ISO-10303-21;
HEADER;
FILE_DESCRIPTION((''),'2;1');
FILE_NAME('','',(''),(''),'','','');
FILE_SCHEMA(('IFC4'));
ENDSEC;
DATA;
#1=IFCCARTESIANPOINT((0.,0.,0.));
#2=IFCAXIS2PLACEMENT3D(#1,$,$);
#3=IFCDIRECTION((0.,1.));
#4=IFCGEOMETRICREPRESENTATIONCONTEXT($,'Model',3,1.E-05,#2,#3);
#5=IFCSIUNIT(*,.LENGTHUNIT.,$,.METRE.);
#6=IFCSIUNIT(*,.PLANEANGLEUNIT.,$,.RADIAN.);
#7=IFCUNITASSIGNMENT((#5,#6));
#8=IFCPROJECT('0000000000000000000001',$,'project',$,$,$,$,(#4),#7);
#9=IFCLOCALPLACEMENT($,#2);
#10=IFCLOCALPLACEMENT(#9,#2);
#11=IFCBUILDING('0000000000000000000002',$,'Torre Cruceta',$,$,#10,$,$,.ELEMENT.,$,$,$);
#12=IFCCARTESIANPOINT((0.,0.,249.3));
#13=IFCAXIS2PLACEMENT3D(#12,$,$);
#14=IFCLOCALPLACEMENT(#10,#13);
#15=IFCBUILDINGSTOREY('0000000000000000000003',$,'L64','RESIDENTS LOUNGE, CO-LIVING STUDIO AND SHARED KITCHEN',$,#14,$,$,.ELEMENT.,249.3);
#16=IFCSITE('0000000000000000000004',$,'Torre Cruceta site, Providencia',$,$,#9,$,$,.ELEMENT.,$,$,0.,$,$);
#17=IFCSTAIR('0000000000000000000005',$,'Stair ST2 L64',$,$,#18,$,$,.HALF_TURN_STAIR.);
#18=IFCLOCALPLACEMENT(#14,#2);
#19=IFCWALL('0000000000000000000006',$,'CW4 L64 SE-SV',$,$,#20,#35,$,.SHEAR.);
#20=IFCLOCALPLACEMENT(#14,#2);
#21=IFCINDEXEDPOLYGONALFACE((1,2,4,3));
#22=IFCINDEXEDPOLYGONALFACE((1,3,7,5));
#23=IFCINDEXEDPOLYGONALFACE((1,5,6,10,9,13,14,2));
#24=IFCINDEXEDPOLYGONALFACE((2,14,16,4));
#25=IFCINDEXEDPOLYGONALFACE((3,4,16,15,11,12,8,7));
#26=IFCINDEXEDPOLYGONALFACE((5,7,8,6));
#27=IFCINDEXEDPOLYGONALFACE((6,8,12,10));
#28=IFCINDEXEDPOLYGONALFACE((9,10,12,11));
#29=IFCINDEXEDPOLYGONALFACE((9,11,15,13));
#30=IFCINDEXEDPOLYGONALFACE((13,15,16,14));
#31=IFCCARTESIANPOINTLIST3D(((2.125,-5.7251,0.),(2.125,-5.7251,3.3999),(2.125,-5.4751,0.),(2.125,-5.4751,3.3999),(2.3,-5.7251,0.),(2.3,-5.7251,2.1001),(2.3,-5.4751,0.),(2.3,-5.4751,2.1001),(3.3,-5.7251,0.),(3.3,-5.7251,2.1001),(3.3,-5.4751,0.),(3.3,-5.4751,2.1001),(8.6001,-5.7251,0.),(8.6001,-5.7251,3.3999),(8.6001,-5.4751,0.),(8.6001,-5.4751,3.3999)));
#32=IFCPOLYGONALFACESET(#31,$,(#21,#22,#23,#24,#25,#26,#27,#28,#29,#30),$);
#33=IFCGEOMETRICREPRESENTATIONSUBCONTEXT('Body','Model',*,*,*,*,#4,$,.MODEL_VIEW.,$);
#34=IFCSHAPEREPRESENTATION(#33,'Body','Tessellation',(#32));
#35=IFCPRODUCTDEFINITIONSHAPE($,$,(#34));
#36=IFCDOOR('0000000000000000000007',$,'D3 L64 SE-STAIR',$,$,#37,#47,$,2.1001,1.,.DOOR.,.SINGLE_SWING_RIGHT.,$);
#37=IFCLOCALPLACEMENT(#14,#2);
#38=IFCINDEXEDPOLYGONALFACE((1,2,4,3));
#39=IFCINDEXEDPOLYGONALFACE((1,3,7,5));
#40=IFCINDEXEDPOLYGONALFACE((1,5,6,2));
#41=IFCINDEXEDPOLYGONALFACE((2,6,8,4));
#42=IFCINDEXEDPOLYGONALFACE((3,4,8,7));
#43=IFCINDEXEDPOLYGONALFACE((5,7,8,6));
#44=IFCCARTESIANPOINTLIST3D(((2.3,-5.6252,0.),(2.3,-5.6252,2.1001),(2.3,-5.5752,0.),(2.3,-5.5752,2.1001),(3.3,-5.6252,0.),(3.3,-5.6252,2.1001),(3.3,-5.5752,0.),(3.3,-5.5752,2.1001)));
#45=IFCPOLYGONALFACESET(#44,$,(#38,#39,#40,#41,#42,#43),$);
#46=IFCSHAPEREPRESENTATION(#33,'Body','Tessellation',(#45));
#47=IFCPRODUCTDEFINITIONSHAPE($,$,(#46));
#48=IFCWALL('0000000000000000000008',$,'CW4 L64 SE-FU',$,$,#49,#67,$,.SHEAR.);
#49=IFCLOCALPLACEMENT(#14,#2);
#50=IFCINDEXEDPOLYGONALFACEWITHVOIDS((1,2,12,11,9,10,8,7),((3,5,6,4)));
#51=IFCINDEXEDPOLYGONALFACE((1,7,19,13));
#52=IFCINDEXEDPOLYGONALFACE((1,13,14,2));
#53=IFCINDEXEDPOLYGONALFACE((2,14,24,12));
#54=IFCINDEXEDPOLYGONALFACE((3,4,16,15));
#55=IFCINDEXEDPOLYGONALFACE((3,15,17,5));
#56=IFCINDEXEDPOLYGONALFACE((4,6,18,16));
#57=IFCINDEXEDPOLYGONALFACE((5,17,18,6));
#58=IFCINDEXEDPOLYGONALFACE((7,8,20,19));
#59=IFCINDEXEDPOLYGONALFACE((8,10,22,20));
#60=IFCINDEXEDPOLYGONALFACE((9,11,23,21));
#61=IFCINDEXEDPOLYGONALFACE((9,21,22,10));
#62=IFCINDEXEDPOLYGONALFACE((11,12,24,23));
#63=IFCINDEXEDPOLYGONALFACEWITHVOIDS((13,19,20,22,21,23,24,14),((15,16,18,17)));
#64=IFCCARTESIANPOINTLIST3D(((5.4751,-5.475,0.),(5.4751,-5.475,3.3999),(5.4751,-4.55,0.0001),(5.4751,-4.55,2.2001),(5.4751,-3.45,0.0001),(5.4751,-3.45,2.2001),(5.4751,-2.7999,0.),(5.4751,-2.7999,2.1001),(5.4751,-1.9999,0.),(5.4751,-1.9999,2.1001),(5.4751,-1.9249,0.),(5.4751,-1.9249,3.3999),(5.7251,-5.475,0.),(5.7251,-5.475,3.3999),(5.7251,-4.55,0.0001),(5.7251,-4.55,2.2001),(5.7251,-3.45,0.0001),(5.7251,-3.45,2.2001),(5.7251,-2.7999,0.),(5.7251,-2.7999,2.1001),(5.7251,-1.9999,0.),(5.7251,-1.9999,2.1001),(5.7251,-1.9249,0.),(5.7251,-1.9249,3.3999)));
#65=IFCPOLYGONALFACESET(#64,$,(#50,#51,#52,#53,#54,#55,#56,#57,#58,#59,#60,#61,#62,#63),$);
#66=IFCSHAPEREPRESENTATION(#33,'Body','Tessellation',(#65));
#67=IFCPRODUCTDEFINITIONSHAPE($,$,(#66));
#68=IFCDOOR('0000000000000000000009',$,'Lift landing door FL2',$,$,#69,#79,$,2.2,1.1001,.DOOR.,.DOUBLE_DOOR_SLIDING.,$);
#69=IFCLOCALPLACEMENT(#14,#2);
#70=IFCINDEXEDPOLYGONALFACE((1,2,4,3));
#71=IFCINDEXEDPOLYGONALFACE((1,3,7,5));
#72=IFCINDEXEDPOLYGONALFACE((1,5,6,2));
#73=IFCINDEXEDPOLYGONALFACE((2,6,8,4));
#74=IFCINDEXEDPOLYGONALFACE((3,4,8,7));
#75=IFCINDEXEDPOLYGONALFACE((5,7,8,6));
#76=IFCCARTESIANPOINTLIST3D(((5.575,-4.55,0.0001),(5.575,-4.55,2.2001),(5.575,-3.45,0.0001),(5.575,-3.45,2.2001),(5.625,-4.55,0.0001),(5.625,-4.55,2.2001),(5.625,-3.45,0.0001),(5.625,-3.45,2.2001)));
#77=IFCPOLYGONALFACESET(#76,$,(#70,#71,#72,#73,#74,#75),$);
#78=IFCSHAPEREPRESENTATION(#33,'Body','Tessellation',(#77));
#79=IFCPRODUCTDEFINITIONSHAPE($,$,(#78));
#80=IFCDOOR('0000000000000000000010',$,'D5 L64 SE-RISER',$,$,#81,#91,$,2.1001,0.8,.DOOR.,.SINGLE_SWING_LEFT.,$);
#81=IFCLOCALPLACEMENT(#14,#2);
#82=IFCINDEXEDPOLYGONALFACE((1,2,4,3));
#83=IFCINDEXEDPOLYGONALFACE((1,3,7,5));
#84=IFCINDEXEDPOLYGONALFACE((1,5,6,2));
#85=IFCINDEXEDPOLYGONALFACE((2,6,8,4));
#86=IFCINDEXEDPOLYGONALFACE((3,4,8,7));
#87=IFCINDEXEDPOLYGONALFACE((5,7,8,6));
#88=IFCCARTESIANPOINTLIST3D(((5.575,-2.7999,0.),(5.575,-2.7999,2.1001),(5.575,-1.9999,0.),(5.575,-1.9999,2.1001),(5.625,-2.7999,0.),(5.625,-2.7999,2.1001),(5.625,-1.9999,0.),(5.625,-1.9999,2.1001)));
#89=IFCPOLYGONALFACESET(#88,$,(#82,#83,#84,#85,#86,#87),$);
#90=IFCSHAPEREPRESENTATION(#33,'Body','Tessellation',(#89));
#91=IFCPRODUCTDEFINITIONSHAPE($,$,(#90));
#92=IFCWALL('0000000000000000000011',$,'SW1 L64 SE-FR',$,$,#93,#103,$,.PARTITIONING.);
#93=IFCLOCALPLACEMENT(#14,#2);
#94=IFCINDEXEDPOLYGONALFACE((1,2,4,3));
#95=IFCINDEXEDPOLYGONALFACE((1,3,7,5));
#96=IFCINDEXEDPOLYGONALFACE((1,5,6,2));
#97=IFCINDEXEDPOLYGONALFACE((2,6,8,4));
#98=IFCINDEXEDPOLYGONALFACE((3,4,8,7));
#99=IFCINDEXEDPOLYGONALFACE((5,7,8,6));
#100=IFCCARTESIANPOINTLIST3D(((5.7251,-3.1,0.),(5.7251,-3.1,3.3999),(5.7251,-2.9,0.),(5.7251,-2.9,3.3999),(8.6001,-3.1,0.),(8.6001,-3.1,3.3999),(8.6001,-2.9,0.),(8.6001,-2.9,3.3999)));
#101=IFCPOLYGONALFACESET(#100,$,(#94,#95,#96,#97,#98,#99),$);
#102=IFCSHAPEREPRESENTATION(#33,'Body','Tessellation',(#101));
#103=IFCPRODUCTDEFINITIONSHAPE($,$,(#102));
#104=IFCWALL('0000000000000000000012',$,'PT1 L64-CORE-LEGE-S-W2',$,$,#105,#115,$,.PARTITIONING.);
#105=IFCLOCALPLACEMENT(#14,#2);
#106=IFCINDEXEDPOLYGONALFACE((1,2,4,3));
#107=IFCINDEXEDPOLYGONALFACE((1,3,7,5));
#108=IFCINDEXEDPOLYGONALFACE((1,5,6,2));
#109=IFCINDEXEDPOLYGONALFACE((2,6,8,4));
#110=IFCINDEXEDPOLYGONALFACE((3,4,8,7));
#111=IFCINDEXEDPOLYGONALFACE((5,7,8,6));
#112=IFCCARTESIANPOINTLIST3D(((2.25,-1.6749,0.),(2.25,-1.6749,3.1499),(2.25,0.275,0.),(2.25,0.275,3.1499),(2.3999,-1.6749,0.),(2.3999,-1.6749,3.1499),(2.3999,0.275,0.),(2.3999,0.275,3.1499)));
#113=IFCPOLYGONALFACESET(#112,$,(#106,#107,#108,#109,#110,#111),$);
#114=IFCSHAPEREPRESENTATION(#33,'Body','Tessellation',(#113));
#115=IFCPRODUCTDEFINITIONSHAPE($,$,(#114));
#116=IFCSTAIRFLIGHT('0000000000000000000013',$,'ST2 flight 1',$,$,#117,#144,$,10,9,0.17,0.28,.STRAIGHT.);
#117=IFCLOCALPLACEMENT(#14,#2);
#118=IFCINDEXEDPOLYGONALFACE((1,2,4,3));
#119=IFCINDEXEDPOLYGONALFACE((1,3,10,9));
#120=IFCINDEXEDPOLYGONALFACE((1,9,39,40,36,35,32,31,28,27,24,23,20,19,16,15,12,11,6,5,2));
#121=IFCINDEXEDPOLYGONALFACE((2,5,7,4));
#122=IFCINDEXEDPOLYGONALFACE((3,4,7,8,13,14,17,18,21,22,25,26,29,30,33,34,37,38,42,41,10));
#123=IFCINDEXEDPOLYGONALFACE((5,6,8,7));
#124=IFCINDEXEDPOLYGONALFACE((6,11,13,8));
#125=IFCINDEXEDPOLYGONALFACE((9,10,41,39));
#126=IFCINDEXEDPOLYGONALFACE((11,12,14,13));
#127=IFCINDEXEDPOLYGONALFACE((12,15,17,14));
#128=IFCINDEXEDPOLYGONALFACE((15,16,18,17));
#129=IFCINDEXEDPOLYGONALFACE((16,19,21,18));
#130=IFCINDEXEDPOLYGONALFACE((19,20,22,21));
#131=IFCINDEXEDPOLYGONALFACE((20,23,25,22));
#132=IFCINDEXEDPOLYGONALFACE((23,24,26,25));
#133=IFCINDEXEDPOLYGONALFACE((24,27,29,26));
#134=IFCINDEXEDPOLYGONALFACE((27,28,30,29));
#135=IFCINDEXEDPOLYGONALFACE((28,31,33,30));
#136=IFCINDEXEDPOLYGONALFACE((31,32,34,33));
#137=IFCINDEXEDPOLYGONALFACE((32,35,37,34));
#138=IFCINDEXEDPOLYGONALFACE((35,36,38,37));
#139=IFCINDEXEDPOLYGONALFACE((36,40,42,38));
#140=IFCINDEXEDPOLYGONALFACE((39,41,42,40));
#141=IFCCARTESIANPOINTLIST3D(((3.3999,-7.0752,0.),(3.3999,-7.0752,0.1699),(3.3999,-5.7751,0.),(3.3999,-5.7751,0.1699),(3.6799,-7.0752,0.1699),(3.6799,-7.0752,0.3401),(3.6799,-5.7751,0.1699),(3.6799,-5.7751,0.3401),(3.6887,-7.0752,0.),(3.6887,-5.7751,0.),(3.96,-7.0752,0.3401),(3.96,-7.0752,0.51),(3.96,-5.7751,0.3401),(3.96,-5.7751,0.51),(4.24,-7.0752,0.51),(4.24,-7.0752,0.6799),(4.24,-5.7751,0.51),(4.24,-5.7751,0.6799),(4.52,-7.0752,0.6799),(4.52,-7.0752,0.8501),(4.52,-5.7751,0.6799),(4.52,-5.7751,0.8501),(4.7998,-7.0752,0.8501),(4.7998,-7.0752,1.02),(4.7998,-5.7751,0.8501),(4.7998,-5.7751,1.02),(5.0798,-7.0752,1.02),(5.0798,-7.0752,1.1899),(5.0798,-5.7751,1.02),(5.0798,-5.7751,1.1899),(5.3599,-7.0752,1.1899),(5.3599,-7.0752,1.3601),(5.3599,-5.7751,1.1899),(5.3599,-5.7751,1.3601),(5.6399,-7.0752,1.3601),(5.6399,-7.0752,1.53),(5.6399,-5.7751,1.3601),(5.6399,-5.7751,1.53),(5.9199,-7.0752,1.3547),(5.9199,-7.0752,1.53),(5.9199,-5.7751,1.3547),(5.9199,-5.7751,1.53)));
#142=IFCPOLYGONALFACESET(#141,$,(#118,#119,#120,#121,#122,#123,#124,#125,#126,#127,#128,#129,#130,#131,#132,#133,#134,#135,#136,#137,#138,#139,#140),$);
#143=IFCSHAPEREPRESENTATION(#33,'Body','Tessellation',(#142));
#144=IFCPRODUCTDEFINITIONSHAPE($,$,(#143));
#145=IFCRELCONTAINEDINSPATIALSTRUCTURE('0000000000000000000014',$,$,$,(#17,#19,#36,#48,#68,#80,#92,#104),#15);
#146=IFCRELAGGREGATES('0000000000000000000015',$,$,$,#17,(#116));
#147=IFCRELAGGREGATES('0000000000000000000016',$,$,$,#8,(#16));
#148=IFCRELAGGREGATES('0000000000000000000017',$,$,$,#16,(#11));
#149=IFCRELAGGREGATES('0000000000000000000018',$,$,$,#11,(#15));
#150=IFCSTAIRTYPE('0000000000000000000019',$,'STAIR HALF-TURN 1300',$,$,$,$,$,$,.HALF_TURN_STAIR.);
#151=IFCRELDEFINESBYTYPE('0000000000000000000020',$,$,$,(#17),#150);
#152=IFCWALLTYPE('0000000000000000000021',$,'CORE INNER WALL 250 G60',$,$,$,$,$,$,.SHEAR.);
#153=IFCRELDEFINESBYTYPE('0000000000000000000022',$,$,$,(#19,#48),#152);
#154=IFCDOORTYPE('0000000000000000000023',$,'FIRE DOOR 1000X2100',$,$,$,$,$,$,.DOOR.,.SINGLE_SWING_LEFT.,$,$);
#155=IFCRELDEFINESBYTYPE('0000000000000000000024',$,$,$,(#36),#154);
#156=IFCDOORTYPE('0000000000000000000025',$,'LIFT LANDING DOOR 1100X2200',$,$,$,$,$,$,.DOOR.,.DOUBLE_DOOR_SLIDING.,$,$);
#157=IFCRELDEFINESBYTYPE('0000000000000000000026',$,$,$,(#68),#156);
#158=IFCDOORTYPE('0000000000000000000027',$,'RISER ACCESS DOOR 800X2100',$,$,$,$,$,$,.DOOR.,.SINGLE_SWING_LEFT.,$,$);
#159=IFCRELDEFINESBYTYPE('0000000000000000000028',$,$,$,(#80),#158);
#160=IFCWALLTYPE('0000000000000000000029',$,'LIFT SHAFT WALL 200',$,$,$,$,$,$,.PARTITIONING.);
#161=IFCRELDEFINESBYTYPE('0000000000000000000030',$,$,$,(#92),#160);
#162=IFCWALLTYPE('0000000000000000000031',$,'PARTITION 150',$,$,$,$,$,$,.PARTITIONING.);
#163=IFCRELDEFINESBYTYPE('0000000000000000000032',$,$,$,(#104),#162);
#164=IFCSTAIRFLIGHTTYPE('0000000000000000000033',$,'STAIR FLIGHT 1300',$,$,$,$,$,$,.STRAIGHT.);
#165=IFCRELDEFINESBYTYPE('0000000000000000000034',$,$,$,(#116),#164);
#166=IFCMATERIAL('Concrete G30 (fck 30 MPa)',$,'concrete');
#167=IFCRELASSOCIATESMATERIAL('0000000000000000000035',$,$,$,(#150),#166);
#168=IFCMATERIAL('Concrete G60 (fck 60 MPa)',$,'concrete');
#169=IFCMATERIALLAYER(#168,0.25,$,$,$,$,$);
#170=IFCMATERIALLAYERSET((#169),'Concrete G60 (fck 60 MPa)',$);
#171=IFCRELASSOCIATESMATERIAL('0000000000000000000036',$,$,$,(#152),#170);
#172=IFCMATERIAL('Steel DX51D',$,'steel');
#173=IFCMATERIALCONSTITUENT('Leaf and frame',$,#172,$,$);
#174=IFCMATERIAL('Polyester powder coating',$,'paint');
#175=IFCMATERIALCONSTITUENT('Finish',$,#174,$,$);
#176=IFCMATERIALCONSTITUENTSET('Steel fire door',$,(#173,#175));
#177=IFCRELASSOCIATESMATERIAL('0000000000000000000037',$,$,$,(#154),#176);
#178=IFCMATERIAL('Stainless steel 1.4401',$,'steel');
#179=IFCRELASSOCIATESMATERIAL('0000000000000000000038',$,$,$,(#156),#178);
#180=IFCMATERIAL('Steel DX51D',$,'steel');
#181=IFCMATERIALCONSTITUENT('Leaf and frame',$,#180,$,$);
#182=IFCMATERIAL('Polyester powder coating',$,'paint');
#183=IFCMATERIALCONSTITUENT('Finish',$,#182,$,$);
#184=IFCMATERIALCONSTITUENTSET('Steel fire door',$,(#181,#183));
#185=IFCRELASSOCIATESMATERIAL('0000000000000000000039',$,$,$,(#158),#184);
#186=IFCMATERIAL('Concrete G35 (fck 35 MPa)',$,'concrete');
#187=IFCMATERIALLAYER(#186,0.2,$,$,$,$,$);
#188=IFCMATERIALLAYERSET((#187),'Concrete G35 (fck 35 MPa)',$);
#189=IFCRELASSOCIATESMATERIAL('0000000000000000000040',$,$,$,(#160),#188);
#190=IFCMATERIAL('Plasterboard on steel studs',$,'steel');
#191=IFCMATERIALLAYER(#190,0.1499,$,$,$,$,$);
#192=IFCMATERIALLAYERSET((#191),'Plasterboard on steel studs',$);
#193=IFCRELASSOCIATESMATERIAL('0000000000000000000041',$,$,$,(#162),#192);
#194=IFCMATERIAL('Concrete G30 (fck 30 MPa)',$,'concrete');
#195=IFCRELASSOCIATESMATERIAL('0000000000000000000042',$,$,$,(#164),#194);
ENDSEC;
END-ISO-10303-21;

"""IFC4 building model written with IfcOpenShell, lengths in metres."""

from ifc_helpers import new_model, si_unit, direction, frame, frame_2d, origin, place, context, subcontext, project, spatial, polyline, rectangle, outline, extrude, material, layer, layer_set, constituent, constituent_set, type_object, element, fill, aggregate, save


model = new_model("IFC4")

# Units and contexts
model_context = context("Model", 3, precision=1e-05, world=origin(), true_north=direction((0.0, 1.0)))
body_context = subcontext(model_context, "Body", "Model", "MODEL_VIEW")
ifc_project = project(units=[si_unit("LENGTHUNIT", "METRE"), si_unit("PLANEANGLEUNIT", "RADIAN")], contexts=[model_context])

# Site, building, storey
site_placement = place(None, origin())
site = spatial("IfcSite", under=ifc_project, at=site_placement, Name="Torre Cruceta site, Providencia", CompositionType="ELEMENT", RefElevation=0.0)
building_placement = place(site_placement, origin())
building = spatial("IfcBuilding", under=site, at=building_placement, Name="Torre Cruceta", CompositionType="ELEMENT")
storey_placement = place(building_placement, frame((0.0, 0.0, 249.3)))
storey = spatial("IfcBuildingStorey", under=building, at=storey_placement, Name="L64", Description="RESIDENTS LOUNGE, CO-LIVING STUDIO AND SHARED KITCHEN", CompositionType="ELEMENT", Elevation=249.3)

# Stair
ifc_material_1 = material(Name="Concrete G30 (fck 30 MPa)", Category="concrete")
stair_type = type_object("IfcStairType", Name="STAIR HALF-TURN 1300", PredefinedType="HALF_TURN_STAIR", material=ifc_material_1)
stair_1_placement = place(storey_placement, origin())
stair_1 = element("IfcStair", 1, at=stair_1_placement, inside=storey, type_object=stair_type, Name="Stair ST2 L64", PredefinedType="HALF_TURN_STAIR")

# Shared definitions
ifc_material_2 = material(Name="Concrete G60 (fck 60 MPa)", Category="concrete")
ifc_layer_1 = layer(ifc_material_2, 0.25)
ifc_layer_set_1 = layer_set([ifc_layer_1], Name="Concrete G60 (fck 60 MPa)")
wall_type_1 = type_object("IfcWallType", Name="CORE INNER WALL 250 G60", PredefinedType="SHEAR", material=ifc_layer_set_1)
ifc_material_3 = material(Name="Steel DX51D", Category="steel")
ifc_constituent_1 = constituent(ifc_material_3, Name="Leaf and frame")
ifc_material_4 = material(Name="Polyester powder coating", Category="paint")
ifc_constituent_2 = constituent(ifc_material_4, Name="Finish")
ifc_constituent_set_1 = constituent_set(constituents=[ifc_constituent_1, ifc_constituent_2], Name="Steel fire door")
door_type_1 = type_object("IfcDoorType", Name="FIRE DOOR 1000X2100", OperationType="SINGLE_SWING_LEFT", PredefinedType="DOOR", material=ifc_constituent_set_1)

# Wall, opening, door
wall_1_placement = place(storey_placement, frame((2.125, -5.6001, 0.0), z_axis=(0.0, 0.0, 1.0), x_axis=(1.0, 0.0, 0.0)))
wall_1 = element("IfcWall", 2, at=wall_1_placement, inside=storey, type_object=wall_type_1, Name="CW4 L64 SE-SV", PredefinedType="SHEAR", context=body_context, shape_type="SweptSolid", body=[
    extrude(rectangle(XDim=6.4751, YDim=0.25, at=frame_2d((3.2375, 0.0))), origin(), (0.0, 0.0, 1.0), 3.3999),
])
opening_1_placement = place(wall_1_placement, frame((0.175, 0.0, 0.0)))
opening_1 = element("IfcOpeningElement", 3, at=opening_1_placement, cuts=wall_1, PredefinedType="OPENING", context=body_context, shape_type="SweptSolid", body=[
    extrude(rectangle(XDim=1.0, YDim=2.1001, at=frame_2d((0.5, 1.05))), frame((0.0, 0.135, 0.0), z_axis=(0.0, -1.0, 0.0), x_axis=(1.0, 0.0, 0.0)), (0.0, 0.0, 1.0), 0.27),
])
door_1_placement = place(opening_1_placement, frame((1.0, 0.0, 0.0), z_axis=(0.0, 0.0, 1.0), x_axis=(-1.0, 0.0, 0.0)))
door_1 = element("IfcDoor", 4, at=door_1_placement, inside=storey, type_object=door_type_1, Name="D3 L64 SE-STAIR", OperationType="SINGLE_SWING_RIGHT", OverallHeight=2.1001, OverallWidth=1.0, PredefinedType="DOOR", context=body_context, shape_type="SweptSolid", body=[
    extrude(rectangle(XDim=1.0, YDim=2.1001, at=frame_2d((0.5, 1.05))), frame((0.0, 0.0251, 0.0), z_axis=(0.0, -1.0, 0.0), x_axis=(1.0, 0.0, 0.0)), (0.0, 0.0, 1.0), 0.05),
])
fill(opening_1, door_1)

# Wall, openings, doors
wall_2_placement = place(storey_placement, frame((5.6001, -1.925, 0.0), z_axis=(0.0, 0.0, 1.0), x_axis=(0.0, -1.0, 0.0)))
wall_2 = element("IfcWall", 5, at=wall_2_placement, inside=storey, type_object=wall_type_1, Name="CW4 L64 SE-FU", PredefinedType="SHEAR", context=body_context, shape_type="SweptSolid", body=[
    extrude(rectangle(XDim=3.55, YDim=0.25, at=frame_2d((1.7749, 0.0))), origin(), (0.0, 0.0, 1.0), 3.3999),
])
opening_2_placement = place(wall_2_placement, frame((1.5249, 0.0, 0.0)))
opening_2 = element("IfcOpeningElement", 6, at=opening_2_placement, cuts=wall_2, PredefinedType="OPENING", context=body_context, shape_type="SweptSolid", body=[
    extrude(rectangle(XDim=1.1001, YDim=2.2, at=frame_2d((0.55, 1.1001))), frame((0.0, 0.135, 0.0), z_axis=(0.0, -1.0, 0.0), x_axis=(1.0, 0.0, 0.0)), (0.0, 0.0, 1.0), 0.27),
])
opening_3_placement = place(wall_2_placement, frame((0.075, 0.0, 0.0)))
opening_3 = element("IfcOpeningElement", 7, at=opening_3_placement, cuts=wall_2, PredefinedType="OPENING", context=body_context, shape_type="SweptSolid", body=[
    extrude(rectangle(XDim=0.8, YDim=2.1001, at=frame_2d((0.3999, 1.05))), frame((0.0, 0.135, 0.0), z_axis=(0.0, -1.0, 0.0), x_axis=(1.0, 0.0, 0.0)), (0.0, 0.0, 1.0), 0.27),
])
ifc_material_5 = material(Name="Stainless steel 1.4401", Category="steel")
door_type_2 = type_object("IfcDoorType", Name="LIFT LANDING DOOR 1100X2200", OperationType="DOUBLE_DOOR_SLIDING", PredefinedType="DOOR", material=ifc_material_5)
door_2_placement = place(opening_2_placement, origin())
door_2 = element("IfcDoor", 8, at=door_2_placement, inside=storey, type_object=door_type_2, Name="Lift landing door FL2", OperationType="DOUBLE_DOOR_SLIDING", OverallHeight=2.2, OverallWidth=1.1001, PredefinedType="DOOR", context=body_context, shape_type="SweptSolid", body=[
    extrude(rectangle(XDim=1.1001, YDim=2.2, at=frame_2d((0.55, 1.1001))), frame((0.0, 0.0249, 0.0), z_axis=(0.0, -1.0, 0.0), x_axis=(1.0, 0.0, 0.0)), (0.0, 0.0, 1.0), 0.05),
])
fill(opening_2, door_2)
ifc_material_6 = material(Name="Steel DX51D", Category="steel")
ifc_constituent_3 = constituent(ifc_material_6, Name="Leaf and frame")
ifc_material_7 = material(Name="Polyester powder coating", Category="paint")
ifc_constituent_4 = constituent(ifc_material_7, Name="Finish")
ifc_constituent_set_2 = constituent_set(constituents=[ifc_constituent_3, ifc_constituent_4], Name="Steel fire door")
door_type_3 = type_object("IfcDoorType", Name="RISER ACCESS DOOR 800X2100", OperationType="SINGLE_SWING_LEFT", PredefinedType="DOOR", material=ifc_constituent_set_2)
door_3_placement = place(opening_3_placement, origin())
door_3 = element("IfcDoor", 9, at=door_3_placement, inside=storey, type_object=door_type_3, Name="D5 L64 SE-RISER", OperationType="SINGLE_SWING_LEFT", OverallHeight=2.1001, OverallWidth=0.8, PredefinedType="DOOR", context=body_context, shape_type="SweptSolid", body=[
    extrude(rectangle(XDim=0.8, YDim=2.1001, at=frame_2d((0.3999, 1.05))), frame((0.0, 0.0249, 0.0), z_axis=(0.0, -1.0, 0.0), x_axis=(1.0, 0.0, 0.0)), (0.0, 0.0, 1.0), 0.05),
])
fill(opening_3, door_3)

# Walls
ifc_material_8 = material(Name="Concrete G35 (fck 35 MPa)", Category="concrete")
ifc_layer_2 = layer(ifc_material_8, 0.2)
ifc_layer_set_2 = layer_set([ifc_layer_2], Name="Concrete G35 (fck 35 MPa)")
wall_type_2 = type_object("IfcWallType", Name="LIFT SHAFT WALL 200", PredefinedType="PARTITIONING", material=ifc_layer_set_2)
wall_3_placement = place(storey_placement, frame((5.7251, -3.0, 0.0), z_axis=(0.0, 0.0, 1.0), x_axis=(1.0, 0.0, 0.0)))
element("IfcWall", 10, at=wall_3_placement, inside=storey, type_object=wall_type_2, Name="SW1 L64 SE-FR", PredefinedType="PARTITIONING", context=body_context, shape_type="SweptSolid", body=[
    extrude(rectangle(XDim=2.875, YDim=0.2, at=frame_2d((1.4375, 0.0))), origin(), (0.0, 0.0, 1.0), 3.3999),
])
ifc_material_9 = material(Name="Plasterboard on steel studs", Category="steel")
ifc_layer_3 = layer(ifc_material_9, 0.1499)
ifc_layer_set_3 = layer_set([ifc_layer_3], Name="Plasterboard on steel studs")
wall_type_3 = type_object("IfcWallType", Name="PARTITION 150", PredefinedType="PARTITIONING", material=ifc_layer_set_3)
wall_4_placement = place(storey_placement, frame((2.325, -1.675, 0.0), z_axis=(0.0, 0.0, 1.0), x_axis=(0.0, 1.0, 0.0)))
element("IfcWall", 11, at=wall_4_placement, inside=storey, type_object=wall_type_3, Name="PT1 L64-CORE-LEGE-S-W2", PredefinedType="PARTITIONING", context=body_context, shape_type="SweptSolid", body=[
    extrude(rectangle(XDim=1.95, YDim=0.1499, at=frame_2d((0.9751, 0.0))), origin(), (0.0, 0.0, 1.0), 3.1499),
])

# Stair flight
ifc_material_10 = material(Name="Concrete G30 (fck 30 MPa)", Category="concrete")
stair_flight_type = type_object("IfcStairFlightType", Name="STAIR FLIGHT 1300", PredefinedType="STRAIGHT", material=ifc_material_10)
stair_flight_placement = place(storey_placement, frame((3.3999, -6.425, 0.0), z_axis=(0.0, 0.0, 1.0), x_axis=(1.0, 0.0, 0.0)))
stair_flight = element("IfcStairFlight", 12, at=stair_flight_placement, type_object=stair_flight_type, Name="ST2 flight 1", NumberOfRisers=10, NumberOfTreads=9, PredefinedType="STRAIGHT", RiserHeight=0.17, TreadLength=0.28, context=body_context, shape_type="SweptSolid", body=[
    extrude(outline(polyline([(0.0, 0.0), (0.0, 0.1699), (0.28, 0.1699), (0.28, 0.3401), (0.5601, 0.3401), (0.5601, 0.51), (0.8401, 0.51), (0.8401, 0.6799), (1.1201, 0.6799), (1.1201, 0.8501), (1.3999, 0.8501), (1.3999, 1.02), (1.6799, 1.02), (1.6799, 1.1899), (1.96, 1.1899), (1.96, 1.3601), (2.24, 1.3601), (2.24, 1.53), (2.52, 1.53), (2.52, 1.7), (2.52, 1.3547), (0.2888, 0.0), (0.0, 0.0)])), frame((0.0, 0.6499, 0.0), z_axis=(0.0, -1.0, 0.0), x_axis=(1.0, 0.0, 0.0)), (0.0, 0.0, 1.0), 1.3),
])
aggregate(stair_1, [stair_flight])

save(model, "model.ifc")
